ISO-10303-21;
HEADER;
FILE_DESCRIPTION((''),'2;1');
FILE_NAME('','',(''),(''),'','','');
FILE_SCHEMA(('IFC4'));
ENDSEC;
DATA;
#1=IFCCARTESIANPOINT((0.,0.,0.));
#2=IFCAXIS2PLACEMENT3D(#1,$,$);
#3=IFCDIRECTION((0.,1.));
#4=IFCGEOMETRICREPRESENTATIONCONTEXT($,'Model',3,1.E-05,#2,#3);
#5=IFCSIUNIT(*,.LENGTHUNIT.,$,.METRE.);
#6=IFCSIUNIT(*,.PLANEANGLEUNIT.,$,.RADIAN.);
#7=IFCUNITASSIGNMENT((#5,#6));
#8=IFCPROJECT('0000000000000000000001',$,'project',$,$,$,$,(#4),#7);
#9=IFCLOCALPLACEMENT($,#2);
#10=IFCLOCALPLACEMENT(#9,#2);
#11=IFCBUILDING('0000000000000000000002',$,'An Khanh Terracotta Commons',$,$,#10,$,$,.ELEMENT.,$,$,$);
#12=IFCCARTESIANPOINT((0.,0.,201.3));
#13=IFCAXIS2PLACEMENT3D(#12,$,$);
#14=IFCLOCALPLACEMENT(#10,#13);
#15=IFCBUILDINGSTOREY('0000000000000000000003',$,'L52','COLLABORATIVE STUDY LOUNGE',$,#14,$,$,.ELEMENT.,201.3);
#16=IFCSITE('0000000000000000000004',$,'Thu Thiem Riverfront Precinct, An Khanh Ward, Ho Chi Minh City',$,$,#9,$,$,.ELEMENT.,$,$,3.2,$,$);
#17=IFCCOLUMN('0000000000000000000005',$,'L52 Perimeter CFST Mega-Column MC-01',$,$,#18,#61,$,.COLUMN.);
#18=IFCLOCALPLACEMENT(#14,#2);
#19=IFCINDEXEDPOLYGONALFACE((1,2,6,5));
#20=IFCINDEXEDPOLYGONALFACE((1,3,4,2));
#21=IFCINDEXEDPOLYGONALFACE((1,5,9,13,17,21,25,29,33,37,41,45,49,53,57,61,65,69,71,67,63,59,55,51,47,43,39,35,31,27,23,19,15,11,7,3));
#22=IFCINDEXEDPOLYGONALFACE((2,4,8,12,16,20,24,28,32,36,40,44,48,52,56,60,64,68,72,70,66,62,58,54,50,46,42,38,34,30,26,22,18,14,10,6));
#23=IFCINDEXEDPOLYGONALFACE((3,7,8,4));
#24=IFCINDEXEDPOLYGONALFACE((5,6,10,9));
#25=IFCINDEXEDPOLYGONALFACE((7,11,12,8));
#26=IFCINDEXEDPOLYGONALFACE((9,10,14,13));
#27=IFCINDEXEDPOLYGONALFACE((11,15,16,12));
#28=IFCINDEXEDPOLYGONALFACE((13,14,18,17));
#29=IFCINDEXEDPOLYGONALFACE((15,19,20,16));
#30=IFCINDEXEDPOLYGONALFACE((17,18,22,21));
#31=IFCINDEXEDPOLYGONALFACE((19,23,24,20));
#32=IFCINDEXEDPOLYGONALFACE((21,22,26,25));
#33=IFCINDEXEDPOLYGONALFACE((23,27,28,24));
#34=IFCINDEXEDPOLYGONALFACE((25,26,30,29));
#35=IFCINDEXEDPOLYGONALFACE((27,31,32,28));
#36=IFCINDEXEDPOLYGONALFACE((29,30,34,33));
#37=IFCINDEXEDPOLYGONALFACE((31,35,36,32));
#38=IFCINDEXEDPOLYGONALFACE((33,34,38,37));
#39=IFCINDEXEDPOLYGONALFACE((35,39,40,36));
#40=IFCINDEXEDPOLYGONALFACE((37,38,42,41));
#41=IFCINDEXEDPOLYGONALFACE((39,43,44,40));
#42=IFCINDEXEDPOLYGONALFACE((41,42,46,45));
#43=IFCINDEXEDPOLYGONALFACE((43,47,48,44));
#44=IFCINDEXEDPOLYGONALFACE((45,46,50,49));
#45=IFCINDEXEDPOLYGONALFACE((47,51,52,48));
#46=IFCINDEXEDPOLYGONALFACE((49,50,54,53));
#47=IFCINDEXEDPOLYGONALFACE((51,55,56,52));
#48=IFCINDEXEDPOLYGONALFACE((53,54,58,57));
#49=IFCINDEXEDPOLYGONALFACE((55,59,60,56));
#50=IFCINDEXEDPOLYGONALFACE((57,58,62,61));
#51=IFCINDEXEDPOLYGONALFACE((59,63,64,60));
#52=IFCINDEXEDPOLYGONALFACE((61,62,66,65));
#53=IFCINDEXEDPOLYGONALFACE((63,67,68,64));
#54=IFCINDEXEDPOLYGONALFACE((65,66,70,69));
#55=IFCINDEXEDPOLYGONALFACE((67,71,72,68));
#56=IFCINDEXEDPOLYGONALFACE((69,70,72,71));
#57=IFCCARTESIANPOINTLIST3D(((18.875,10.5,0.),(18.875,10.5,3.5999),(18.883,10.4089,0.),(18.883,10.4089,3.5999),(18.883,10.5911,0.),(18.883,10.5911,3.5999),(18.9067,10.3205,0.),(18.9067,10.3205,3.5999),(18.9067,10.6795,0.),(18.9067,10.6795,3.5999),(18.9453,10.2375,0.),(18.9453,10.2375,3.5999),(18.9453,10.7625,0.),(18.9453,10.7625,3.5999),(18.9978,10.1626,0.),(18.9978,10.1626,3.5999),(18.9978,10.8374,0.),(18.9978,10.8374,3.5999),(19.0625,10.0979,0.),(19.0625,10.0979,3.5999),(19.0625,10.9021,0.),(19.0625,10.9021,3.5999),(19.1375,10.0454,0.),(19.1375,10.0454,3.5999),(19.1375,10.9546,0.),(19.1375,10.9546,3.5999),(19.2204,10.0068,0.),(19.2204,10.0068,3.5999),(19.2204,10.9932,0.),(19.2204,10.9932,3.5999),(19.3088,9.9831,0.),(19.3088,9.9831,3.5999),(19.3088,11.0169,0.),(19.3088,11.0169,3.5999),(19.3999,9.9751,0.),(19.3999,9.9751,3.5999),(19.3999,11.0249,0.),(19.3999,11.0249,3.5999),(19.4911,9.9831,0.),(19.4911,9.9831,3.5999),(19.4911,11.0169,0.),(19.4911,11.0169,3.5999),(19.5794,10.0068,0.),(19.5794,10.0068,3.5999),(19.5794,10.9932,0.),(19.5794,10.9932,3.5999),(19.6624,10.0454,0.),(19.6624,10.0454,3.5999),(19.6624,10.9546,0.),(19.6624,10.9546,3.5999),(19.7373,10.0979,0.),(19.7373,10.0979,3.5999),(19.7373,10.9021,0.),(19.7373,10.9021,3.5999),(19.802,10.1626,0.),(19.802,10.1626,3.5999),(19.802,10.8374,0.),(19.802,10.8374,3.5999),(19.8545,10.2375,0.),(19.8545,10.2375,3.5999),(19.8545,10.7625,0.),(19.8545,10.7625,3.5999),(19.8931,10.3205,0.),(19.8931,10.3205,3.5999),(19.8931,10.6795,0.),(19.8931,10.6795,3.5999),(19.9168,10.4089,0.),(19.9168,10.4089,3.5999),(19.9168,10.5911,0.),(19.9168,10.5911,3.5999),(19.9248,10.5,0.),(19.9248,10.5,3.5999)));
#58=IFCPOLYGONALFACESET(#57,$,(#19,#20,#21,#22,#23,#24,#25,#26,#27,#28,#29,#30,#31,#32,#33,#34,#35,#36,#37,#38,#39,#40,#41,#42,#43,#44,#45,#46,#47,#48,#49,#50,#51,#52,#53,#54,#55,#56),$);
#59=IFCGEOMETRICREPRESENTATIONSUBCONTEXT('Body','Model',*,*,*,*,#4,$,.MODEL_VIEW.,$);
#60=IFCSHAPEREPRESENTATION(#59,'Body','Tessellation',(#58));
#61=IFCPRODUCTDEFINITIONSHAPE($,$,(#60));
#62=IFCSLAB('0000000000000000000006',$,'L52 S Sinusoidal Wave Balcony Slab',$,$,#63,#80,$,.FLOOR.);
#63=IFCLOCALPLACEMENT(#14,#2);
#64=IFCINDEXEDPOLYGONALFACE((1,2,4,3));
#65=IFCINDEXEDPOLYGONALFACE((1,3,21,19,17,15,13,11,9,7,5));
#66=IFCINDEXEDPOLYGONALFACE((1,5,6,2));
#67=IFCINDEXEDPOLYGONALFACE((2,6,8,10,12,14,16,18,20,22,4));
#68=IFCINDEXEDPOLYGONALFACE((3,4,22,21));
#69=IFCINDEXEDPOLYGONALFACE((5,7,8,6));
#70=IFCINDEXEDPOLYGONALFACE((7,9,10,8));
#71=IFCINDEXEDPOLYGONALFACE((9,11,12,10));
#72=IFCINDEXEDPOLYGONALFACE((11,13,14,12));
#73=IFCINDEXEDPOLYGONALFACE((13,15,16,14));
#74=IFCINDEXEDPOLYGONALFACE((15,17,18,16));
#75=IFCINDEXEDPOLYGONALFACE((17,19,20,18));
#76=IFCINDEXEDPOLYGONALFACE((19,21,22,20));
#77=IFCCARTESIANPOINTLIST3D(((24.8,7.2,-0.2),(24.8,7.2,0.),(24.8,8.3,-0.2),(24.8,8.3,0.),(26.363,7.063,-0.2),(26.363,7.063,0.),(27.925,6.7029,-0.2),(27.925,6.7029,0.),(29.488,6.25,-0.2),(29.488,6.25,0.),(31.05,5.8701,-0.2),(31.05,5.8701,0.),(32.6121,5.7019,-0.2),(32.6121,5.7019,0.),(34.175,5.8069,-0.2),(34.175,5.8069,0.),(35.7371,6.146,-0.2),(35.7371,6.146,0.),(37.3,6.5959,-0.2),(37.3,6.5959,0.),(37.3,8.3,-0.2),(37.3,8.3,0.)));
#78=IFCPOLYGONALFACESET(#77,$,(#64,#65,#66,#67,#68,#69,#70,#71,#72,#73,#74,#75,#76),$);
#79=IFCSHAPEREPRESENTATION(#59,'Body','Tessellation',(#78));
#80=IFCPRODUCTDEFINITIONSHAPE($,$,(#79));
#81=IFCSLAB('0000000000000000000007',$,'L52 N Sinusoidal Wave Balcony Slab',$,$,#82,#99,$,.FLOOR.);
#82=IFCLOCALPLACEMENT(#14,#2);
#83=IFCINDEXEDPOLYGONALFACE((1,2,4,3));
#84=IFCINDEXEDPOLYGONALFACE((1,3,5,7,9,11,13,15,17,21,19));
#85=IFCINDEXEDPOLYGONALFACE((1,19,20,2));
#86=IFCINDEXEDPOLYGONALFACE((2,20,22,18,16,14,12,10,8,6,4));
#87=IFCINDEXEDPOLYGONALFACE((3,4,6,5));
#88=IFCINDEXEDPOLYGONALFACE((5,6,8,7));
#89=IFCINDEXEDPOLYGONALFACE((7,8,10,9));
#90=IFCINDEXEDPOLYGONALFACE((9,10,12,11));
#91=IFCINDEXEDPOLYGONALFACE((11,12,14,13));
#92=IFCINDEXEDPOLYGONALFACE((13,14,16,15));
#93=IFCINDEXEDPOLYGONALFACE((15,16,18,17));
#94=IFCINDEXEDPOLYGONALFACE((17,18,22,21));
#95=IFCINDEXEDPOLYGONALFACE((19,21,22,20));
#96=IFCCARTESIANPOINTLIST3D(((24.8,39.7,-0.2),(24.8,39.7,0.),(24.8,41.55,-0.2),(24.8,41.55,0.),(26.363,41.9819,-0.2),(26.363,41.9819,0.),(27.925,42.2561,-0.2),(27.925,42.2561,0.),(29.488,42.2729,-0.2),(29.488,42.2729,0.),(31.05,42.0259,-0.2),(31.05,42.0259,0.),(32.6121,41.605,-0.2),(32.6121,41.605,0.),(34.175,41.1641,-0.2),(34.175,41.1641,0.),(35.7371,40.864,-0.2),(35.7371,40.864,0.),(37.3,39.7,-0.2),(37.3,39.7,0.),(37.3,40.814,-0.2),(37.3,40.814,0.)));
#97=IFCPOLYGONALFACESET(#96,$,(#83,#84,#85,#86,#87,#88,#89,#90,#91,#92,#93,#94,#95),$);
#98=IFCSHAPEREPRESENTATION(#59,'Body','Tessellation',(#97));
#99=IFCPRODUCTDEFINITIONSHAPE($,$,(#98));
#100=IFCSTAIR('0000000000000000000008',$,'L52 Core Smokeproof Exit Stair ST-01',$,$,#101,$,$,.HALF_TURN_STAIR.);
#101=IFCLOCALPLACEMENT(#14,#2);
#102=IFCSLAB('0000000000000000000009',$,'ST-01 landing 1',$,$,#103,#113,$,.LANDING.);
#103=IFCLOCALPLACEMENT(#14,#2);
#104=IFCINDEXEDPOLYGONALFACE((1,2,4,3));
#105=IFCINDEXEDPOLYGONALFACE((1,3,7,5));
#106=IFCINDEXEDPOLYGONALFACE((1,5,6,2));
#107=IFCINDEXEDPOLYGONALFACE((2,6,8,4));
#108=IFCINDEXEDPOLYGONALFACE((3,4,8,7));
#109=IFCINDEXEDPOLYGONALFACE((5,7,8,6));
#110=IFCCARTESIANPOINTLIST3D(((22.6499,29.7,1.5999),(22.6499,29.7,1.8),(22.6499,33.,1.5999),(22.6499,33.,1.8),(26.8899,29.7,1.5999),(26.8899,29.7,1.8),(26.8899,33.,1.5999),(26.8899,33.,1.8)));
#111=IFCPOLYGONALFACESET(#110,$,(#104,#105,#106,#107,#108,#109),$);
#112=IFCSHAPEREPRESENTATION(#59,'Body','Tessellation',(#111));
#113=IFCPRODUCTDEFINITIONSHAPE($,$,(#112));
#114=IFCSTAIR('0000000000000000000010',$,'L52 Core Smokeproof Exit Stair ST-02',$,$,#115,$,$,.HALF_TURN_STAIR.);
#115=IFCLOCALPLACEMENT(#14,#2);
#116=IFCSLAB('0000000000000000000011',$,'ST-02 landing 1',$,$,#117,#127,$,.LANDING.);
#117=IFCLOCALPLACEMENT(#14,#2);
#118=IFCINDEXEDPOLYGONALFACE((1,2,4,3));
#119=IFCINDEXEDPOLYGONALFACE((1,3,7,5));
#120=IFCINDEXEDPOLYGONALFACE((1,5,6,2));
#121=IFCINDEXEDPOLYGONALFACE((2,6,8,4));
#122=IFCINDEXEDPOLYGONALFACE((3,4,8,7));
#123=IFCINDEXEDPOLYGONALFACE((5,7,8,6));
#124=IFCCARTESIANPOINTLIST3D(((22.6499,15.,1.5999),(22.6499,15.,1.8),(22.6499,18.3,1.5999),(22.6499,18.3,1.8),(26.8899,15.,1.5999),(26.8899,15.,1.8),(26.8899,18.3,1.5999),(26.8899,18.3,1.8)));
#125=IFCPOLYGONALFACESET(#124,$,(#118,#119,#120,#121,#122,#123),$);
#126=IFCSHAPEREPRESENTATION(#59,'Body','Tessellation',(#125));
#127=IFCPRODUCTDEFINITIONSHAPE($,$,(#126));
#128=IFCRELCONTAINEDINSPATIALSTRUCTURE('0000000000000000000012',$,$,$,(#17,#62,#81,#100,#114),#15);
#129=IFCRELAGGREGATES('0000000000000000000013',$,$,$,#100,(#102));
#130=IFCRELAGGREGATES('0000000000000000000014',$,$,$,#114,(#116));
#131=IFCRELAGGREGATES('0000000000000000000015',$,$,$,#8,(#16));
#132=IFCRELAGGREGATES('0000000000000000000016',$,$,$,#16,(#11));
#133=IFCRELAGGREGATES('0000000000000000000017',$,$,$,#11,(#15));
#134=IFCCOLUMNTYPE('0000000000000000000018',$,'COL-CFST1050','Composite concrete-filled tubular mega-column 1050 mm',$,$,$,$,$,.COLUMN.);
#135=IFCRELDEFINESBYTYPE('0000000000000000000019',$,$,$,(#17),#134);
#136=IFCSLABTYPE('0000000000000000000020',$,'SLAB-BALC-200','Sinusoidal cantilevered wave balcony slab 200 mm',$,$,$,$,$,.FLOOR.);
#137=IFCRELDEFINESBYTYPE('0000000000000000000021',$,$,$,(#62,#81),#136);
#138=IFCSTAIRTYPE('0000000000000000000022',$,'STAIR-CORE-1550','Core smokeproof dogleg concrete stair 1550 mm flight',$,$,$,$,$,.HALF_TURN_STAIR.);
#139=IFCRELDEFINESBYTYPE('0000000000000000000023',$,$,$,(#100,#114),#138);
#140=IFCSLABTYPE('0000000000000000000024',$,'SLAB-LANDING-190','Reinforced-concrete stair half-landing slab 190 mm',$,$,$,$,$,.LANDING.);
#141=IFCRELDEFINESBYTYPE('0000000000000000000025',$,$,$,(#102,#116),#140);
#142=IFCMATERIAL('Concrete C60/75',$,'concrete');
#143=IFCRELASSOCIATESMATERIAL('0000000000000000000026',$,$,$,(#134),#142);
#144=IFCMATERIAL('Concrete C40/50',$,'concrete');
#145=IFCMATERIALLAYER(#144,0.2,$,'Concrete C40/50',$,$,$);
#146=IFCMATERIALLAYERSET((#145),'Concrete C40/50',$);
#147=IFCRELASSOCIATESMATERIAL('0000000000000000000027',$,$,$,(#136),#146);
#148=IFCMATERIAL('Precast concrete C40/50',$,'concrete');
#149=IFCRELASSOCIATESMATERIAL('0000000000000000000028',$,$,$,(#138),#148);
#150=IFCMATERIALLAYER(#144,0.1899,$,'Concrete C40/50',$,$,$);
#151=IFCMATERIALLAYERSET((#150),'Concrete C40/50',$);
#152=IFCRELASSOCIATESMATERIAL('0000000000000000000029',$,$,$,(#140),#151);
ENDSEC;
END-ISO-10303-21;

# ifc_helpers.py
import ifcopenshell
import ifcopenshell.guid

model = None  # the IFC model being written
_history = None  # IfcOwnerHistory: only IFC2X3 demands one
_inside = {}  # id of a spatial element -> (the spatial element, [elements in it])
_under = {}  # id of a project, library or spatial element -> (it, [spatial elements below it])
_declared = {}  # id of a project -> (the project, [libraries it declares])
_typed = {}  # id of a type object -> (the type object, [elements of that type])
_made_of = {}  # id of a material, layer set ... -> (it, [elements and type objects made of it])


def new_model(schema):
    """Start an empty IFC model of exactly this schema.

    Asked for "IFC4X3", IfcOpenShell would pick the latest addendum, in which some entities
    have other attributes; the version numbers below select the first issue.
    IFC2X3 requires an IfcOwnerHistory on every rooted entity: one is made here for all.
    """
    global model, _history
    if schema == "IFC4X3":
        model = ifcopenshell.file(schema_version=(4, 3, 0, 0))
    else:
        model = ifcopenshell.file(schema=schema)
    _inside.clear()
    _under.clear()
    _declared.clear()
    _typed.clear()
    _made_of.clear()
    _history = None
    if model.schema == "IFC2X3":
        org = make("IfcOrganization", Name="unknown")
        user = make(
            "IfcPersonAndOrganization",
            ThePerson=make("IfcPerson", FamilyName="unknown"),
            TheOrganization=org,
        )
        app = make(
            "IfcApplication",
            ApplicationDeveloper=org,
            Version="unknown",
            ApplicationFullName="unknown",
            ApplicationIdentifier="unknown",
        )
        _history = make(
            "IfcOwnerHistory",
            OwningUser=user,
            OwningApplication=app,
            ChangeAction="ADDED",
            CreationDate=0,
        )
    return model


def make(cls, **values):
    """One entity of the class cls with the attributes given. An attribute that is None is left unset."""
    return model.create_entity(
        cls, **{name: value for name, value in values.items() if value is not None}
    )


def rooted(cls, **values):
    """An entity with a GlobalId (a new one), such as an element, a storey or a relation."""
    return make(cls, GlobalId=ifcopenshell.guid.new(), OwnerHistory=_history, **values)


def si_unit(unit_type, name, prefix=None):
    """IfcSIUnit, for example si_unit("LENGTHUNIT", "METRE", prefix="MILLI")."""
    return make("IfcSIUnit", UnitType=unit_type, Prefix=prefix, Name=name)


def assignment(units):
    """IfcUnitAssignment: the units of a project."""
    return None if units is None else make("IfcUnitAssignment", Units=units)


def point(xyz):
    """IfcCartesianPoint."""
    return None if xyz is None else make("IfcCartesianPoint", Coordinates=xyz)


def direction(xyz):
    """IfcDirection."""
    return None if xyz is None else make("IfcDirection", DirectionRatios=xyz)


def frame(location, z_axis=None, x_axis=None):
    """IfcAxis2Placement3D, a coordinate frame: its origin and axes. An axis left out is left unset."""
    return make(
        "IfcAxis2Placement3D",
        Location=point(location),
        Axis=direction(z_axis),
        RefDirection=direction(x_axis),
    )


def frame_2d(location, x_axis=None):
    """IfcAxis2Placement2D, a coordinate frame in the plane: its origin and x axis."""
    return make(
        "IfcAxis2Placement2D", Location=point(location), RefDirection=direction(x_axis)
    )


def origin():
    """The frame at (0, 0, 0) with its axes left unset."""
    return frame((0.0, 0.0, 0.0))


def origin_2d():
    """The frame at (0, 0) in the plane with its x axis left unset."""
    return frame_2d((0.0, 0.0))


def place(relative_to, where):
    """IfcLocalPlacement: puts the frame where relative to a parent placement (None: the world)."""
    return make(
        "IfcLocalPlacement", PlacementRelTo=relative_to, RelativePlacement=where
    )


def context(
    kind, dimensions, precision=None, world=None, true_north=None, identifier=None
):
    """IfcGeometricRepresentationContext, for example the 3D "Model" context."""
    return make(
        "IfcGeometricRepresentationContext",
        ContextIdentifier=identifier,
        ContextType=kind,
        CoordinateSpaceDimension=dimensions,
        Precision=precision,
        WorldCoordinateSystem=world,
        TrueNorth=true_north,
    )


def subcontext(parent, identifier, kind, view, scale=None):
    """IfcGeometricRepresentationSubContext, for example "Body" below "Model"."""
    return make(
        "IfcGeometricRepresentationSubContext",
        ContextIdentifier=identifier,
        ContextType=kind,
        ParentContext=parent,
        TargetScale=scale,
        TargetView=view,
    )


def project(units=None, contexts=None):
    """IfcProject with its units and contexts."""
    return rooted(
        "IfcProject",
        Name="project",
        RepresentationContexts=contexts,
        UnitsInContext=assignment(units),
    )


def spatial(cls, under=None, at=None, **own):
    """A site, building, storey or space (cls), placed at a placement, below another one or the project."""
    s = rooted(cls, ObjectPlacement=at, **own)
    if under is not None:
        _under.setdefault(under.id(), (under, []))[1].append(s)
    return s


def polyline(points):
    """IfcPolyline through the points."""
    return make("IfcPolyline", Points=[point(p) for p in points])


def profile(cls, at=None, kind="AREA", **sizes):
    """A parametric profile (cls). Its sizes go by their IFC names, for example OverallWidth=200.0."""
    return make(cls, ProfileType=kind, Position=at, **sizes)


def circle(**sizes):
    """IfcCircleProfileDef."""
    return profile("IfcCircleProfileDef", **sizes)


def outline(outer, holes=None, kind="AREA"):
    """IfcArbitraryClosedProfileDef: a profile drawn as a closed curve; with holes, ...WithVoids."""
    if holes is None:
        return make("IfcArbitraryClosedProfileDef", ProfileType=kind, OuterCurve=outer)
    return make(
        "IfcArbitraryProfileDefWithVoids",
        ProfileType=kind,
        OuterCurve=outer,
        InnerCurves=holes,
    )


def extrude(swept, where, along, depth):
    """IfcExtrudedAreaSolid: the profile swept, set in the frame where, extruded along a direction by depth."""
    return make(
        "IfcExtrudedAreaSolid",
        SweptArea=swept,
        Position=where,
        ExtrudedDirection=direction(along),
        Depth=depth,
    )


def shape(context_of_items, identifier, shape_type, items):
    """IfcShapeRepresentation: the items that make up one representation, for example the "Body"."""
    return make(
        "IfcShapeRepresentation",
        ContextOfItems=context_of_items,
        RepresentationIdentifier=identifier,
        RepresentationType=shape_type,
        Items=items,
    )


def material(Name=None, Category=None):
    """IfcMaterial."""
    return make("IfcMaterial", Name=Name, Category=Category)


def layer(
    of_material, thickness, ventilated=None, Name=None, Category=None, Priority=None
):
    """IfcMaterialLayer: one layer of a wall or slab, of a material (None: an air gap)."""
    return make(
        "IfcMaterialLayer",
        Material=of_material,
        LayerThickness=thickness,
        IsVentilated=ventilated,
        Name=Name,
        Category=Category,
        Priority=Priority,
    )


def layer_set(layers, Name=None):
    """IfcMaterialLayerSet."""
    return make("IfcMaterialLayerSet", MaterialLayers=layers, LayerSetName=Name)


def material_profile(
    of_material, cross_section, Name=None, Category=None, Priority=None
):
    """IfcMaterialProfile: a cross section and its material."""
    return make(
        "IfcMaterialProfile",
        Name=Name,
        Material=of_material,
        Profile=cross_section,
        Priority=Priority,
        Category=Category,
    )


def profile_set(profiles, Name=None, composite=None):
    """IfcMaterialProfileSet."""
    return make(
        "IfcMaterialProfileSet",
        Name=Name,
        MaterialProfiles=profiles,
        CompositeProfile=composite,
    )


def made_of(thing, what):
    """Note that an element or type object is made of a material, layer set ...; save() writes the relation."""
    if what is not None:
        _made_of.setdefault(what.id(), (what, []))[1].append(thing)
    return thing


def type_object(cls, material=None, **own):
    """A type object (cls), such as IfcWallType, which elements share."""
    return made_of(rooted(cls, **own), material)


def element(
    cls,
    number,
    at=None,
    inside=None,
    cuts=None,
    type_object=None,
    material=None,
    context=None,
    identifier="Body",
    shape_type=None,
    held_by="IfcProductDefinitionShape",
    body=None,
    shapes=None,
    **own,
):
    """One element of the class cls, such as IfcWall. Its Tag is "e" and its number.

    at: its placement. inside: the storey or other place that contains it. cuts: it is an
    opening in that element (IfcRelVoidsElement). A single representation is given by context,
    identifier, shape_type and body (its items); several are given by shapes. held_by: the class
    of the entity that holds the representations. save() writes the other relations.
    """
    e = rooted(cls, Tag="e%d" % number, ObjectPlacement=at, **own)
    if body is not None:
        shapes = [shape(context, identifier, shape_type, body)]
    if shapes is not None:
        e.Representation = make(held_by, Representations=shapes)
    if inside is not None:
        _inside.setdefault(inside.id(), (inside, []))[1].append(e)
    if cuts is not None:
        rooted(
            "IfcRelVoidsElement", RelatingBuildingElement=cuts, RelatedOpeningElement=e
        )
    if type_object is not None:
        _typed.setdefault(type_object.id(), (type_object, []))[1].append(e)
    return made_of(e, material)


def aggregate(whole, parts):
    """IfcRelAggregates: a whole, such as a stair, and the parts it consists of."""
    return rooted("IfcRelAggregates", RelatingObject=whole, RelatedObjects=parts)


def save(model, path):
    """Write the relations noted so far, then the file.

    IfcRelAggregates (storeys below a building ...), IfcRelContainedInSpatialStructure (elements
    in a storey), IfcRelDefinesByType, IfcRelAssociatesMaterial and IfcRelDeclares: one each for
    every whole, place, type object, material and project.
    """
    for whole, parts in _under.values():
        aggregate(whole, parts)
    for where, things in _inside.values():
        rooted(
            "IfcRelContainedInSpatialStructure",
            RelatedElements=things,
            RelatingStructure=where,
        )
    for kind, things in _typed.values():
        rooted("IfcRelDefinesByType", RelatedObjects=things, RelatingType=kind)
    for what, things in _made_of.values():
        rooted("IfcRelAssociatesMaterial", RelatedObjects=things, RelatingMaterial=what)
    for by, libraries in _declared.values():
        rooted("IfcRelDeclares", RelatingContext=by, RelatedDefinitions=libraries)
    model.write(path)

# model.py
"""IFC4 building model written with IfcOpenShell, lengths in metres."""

from ifc_helpers import new_model, si_unit, direction, frame, origin, origin_2d, place, context, subcontext, project, spatial, polyline, circle, outline, extrude, material, layer, layer_set, material_profile, profile_set, type_object, element, aggregate, save


model = new_model("IFC4")

# Units and contexts
model_context = context("Model", 3, precision=1e-05, world=origin(), true_north=direction((0.0, 1.0)))
body_context = subcontext(model_context, "Body", "Model", "MODEL_VIEW")
ifc_project = project(units=[si_unit("LENGTHUNIT", "METRE"), si_unit("PLANEANGLEUNIT", "RADIAN")], contexts=[model_context])

# Site, building, storey
site_placement = place(None, origin())
site = spatial("IfcSite", under=ifc_project, at=site_placement, Name="Thu Thiem Riverfront Precinct, An Khanh Ward, Ho Chi Minh City", CompositionType="ELEMENT", RefElevation=3.2)
building_placement = place(site_placement, origin())
building = spatial("IfcBuilding", under=site, at=building_placement, Name="An Khanh Terracotta Commons", CompositionType="ELEMENT")
storey_placement = place(building_placement, frame((0.0, 0.0, 201.3)))
storey = spatial("IfcBuildingStorey", under=building, at=storey_placement, Name="L52", Description="COLLABORATIVE STUDY LOUNGE", CompositionType="ELEMENT", Elevation=201.3)

# Column
ifc_material_1 = material(Name="Concrete C60/75", Category="concrete")
ifc_material_profile = material_profile(ifc_material_1, circle(Radius=0.5249, at=origin_2d()), Name="CFST1050")
ifc_profile_set = profile_set([ifc_material_profile], Name="Concrete C60/75")
column_type = type_object("IfcColumnType", Name="COL-CFST1050", Description="Composite concrete-filled tubular mega-column 1050 mm", PredefinedType="COLUMN", material=ifc_profile_set)
column_placement = place(storey_placement, frame((19.3999, 10.5, 0.0), z_axis=(0.0, 0.0, 1.0), x_axis=(1.0, 0.0, 0.0)))
element("IfcColumn", 1, at=column_placement, inside=storey, type_object=column_type, Name="L52 Perimeter CFST Mega-Column MC-01", PredefinedType="COLUMN", context=body_context, shape_type="SweptSolid", body=[
    extrude(circle(Radius=0.5249, at=origin_2d()), origin(), (0.0, 0.0, 1.0), 3.5999),
])

# Slabs
ifc_material_2 = material(Name="Concrete C40/50", Category="concrete")
ifc_layer_1 = layer(ifc_material_2, 0.2, Name="Concrete C40/50")
ifc_layer_set_1 = layer_set([ifc_layer_1], Name="Concrete C40/50")
slab_type_1 = type_object("IfcSlabType", Name="SLAB-BALC-200", Description="Sinusoidal cantilevered wave balcony slab 200 mm", PredefinedType="FLOOR", material=ifc_layer_set_1)
slab_1_placement = place(storey_placement, frame((0.0, 0.0, -0.2)))
element("IfcSlab", 2, at=slab_1_placement, inside=storey, type_object=slab_type_1, Name="L52 S Sinusoidal Wave Balcony Slab", PredefinedType="FLOOR", context=body_context, shape_type="SweptSolid", body=[
    extrude(outline(polyline([(24.8, 8.3), (24.8, 7.2), (26.363, 7.063), (27.925, 6.7029), (29.488, 6.25), (31.05, 5.8701), (32.6121, 5.7019), (34.175, 5.8069), (35.7371, 6.146), (37.3, 6.5959), (37.3, 8.3), (24.8, 8.3)])), origin(), (0.0, 0.0, 1.0), 0.2),
])
slab_2_placement = place(storey_placement, frame((0.0, 0.0, -0.2)))
element("IfcSlab", 3, at=slab_2_placement, inside=storey, type_object=slab_type_1, Name="L52 N Sinusoidal Wave Balcony Slab", PredefinedType="FLOOR", context=body_context, shape_type="SweptSolid", body=[
    extrude(outline(polyline([(37.3, 39.7), (37.3, 40.814), (35.7371, 40.864), (34.175, 41.1641), (32.6121, 41.605), (31.05, 42.0259), (29.488, 42.2729), (27.925, 42.2561), (26.363, 41.9819), (24.8, 41.55), (24.8, 39.7), (37.3, 39.7)])), origin(), (0.0, 0.0, 1.0), 0.2),
])

# Stairs, slabs
ifc_material_3 = material(Name="Precast concrete C40/50", Category="concrete")
stair_type = type_object("IfcStairType", Name="STAIR-CORE-1550", Description="Core smokeproof dogleg concrete stair 1550 mm flight", PredefinedType="HALF_TURN_STAIR", material=ifc_material_3)
stair_1_placement = place(storey_placement, origin())
stair_1 = element("IfcStair", 4, at=stair_1_placement, inside=storey, type_object=stair_type, Name="L52 Core Smokeproof Exit Stair ST-01", PredefinedType="HALF_TURN_STAIR")
ifc_layer_2 = layer(ifc_material_2, 0.1899, Name="Concrete C40/50")
ifc_layer_set_2 = layer_set([ifc_layer_2], Name="Concrete C40/50")
slab_type_2 = type_object("IfcSlabType", Name="SLAB-LANDING-190", Description="Reinforced-concrete stair half-landing slab 190 mm", PredefinedType="LANDING", material=ifc_layer_set_2)
slab_3_placement = place(storey_placement, frame((0.0, 0.0, 1.5999)))
slab_3 = element("IfcSlab", 5, at=slab_3_placement, type_object=slab_type_2, Name="ST-01 landing 1", PredefinedType="LANDING", context=body_context, shape_type="SweptSolid", body=[
    extrude(outline(polyline([(26.8899, 33.0), (22.6499, 33.0), (22.6499, 29.7), (26.8899, 29.7), (26.8899, 33.0)])), origin(), (0.0, 0.0, 1.0), 0.2002),
])
aggregate(stair_1, [slab_3])
stair_2_placement = place(storey_placement, origin())
stair_2 = element("IfcStair", 6, at=stair_2_placement, inside=storey, type_object=stair_type, Name="L52 Core Smokeproof Exit Stair ST-02", PredefinedType="HALF_TURN_STAIR")
slab_4_placement = place(storey_placement, frame((0.0, 0.0, 1.5999)))
slab_4 = element("IfcSlab", 7, at=slab_4_placement, type_object=slab_type_2, Name="ST-02 landing 1", PredefinedType="LANDING", context=body_context, shape_type="SweptSolid", body=[
    extrude(outline(polyline([(26.8899, 18.3), (22.6499, 18.3), (22.6499, 15.0), (26.8899, 15.0), (26.8899, 18.3)])), origin(), (0.0, 0.0, 1.0), 0.2002),
])
aggregate(stair_2, [slab_4])

save(model, "model.ifc")
